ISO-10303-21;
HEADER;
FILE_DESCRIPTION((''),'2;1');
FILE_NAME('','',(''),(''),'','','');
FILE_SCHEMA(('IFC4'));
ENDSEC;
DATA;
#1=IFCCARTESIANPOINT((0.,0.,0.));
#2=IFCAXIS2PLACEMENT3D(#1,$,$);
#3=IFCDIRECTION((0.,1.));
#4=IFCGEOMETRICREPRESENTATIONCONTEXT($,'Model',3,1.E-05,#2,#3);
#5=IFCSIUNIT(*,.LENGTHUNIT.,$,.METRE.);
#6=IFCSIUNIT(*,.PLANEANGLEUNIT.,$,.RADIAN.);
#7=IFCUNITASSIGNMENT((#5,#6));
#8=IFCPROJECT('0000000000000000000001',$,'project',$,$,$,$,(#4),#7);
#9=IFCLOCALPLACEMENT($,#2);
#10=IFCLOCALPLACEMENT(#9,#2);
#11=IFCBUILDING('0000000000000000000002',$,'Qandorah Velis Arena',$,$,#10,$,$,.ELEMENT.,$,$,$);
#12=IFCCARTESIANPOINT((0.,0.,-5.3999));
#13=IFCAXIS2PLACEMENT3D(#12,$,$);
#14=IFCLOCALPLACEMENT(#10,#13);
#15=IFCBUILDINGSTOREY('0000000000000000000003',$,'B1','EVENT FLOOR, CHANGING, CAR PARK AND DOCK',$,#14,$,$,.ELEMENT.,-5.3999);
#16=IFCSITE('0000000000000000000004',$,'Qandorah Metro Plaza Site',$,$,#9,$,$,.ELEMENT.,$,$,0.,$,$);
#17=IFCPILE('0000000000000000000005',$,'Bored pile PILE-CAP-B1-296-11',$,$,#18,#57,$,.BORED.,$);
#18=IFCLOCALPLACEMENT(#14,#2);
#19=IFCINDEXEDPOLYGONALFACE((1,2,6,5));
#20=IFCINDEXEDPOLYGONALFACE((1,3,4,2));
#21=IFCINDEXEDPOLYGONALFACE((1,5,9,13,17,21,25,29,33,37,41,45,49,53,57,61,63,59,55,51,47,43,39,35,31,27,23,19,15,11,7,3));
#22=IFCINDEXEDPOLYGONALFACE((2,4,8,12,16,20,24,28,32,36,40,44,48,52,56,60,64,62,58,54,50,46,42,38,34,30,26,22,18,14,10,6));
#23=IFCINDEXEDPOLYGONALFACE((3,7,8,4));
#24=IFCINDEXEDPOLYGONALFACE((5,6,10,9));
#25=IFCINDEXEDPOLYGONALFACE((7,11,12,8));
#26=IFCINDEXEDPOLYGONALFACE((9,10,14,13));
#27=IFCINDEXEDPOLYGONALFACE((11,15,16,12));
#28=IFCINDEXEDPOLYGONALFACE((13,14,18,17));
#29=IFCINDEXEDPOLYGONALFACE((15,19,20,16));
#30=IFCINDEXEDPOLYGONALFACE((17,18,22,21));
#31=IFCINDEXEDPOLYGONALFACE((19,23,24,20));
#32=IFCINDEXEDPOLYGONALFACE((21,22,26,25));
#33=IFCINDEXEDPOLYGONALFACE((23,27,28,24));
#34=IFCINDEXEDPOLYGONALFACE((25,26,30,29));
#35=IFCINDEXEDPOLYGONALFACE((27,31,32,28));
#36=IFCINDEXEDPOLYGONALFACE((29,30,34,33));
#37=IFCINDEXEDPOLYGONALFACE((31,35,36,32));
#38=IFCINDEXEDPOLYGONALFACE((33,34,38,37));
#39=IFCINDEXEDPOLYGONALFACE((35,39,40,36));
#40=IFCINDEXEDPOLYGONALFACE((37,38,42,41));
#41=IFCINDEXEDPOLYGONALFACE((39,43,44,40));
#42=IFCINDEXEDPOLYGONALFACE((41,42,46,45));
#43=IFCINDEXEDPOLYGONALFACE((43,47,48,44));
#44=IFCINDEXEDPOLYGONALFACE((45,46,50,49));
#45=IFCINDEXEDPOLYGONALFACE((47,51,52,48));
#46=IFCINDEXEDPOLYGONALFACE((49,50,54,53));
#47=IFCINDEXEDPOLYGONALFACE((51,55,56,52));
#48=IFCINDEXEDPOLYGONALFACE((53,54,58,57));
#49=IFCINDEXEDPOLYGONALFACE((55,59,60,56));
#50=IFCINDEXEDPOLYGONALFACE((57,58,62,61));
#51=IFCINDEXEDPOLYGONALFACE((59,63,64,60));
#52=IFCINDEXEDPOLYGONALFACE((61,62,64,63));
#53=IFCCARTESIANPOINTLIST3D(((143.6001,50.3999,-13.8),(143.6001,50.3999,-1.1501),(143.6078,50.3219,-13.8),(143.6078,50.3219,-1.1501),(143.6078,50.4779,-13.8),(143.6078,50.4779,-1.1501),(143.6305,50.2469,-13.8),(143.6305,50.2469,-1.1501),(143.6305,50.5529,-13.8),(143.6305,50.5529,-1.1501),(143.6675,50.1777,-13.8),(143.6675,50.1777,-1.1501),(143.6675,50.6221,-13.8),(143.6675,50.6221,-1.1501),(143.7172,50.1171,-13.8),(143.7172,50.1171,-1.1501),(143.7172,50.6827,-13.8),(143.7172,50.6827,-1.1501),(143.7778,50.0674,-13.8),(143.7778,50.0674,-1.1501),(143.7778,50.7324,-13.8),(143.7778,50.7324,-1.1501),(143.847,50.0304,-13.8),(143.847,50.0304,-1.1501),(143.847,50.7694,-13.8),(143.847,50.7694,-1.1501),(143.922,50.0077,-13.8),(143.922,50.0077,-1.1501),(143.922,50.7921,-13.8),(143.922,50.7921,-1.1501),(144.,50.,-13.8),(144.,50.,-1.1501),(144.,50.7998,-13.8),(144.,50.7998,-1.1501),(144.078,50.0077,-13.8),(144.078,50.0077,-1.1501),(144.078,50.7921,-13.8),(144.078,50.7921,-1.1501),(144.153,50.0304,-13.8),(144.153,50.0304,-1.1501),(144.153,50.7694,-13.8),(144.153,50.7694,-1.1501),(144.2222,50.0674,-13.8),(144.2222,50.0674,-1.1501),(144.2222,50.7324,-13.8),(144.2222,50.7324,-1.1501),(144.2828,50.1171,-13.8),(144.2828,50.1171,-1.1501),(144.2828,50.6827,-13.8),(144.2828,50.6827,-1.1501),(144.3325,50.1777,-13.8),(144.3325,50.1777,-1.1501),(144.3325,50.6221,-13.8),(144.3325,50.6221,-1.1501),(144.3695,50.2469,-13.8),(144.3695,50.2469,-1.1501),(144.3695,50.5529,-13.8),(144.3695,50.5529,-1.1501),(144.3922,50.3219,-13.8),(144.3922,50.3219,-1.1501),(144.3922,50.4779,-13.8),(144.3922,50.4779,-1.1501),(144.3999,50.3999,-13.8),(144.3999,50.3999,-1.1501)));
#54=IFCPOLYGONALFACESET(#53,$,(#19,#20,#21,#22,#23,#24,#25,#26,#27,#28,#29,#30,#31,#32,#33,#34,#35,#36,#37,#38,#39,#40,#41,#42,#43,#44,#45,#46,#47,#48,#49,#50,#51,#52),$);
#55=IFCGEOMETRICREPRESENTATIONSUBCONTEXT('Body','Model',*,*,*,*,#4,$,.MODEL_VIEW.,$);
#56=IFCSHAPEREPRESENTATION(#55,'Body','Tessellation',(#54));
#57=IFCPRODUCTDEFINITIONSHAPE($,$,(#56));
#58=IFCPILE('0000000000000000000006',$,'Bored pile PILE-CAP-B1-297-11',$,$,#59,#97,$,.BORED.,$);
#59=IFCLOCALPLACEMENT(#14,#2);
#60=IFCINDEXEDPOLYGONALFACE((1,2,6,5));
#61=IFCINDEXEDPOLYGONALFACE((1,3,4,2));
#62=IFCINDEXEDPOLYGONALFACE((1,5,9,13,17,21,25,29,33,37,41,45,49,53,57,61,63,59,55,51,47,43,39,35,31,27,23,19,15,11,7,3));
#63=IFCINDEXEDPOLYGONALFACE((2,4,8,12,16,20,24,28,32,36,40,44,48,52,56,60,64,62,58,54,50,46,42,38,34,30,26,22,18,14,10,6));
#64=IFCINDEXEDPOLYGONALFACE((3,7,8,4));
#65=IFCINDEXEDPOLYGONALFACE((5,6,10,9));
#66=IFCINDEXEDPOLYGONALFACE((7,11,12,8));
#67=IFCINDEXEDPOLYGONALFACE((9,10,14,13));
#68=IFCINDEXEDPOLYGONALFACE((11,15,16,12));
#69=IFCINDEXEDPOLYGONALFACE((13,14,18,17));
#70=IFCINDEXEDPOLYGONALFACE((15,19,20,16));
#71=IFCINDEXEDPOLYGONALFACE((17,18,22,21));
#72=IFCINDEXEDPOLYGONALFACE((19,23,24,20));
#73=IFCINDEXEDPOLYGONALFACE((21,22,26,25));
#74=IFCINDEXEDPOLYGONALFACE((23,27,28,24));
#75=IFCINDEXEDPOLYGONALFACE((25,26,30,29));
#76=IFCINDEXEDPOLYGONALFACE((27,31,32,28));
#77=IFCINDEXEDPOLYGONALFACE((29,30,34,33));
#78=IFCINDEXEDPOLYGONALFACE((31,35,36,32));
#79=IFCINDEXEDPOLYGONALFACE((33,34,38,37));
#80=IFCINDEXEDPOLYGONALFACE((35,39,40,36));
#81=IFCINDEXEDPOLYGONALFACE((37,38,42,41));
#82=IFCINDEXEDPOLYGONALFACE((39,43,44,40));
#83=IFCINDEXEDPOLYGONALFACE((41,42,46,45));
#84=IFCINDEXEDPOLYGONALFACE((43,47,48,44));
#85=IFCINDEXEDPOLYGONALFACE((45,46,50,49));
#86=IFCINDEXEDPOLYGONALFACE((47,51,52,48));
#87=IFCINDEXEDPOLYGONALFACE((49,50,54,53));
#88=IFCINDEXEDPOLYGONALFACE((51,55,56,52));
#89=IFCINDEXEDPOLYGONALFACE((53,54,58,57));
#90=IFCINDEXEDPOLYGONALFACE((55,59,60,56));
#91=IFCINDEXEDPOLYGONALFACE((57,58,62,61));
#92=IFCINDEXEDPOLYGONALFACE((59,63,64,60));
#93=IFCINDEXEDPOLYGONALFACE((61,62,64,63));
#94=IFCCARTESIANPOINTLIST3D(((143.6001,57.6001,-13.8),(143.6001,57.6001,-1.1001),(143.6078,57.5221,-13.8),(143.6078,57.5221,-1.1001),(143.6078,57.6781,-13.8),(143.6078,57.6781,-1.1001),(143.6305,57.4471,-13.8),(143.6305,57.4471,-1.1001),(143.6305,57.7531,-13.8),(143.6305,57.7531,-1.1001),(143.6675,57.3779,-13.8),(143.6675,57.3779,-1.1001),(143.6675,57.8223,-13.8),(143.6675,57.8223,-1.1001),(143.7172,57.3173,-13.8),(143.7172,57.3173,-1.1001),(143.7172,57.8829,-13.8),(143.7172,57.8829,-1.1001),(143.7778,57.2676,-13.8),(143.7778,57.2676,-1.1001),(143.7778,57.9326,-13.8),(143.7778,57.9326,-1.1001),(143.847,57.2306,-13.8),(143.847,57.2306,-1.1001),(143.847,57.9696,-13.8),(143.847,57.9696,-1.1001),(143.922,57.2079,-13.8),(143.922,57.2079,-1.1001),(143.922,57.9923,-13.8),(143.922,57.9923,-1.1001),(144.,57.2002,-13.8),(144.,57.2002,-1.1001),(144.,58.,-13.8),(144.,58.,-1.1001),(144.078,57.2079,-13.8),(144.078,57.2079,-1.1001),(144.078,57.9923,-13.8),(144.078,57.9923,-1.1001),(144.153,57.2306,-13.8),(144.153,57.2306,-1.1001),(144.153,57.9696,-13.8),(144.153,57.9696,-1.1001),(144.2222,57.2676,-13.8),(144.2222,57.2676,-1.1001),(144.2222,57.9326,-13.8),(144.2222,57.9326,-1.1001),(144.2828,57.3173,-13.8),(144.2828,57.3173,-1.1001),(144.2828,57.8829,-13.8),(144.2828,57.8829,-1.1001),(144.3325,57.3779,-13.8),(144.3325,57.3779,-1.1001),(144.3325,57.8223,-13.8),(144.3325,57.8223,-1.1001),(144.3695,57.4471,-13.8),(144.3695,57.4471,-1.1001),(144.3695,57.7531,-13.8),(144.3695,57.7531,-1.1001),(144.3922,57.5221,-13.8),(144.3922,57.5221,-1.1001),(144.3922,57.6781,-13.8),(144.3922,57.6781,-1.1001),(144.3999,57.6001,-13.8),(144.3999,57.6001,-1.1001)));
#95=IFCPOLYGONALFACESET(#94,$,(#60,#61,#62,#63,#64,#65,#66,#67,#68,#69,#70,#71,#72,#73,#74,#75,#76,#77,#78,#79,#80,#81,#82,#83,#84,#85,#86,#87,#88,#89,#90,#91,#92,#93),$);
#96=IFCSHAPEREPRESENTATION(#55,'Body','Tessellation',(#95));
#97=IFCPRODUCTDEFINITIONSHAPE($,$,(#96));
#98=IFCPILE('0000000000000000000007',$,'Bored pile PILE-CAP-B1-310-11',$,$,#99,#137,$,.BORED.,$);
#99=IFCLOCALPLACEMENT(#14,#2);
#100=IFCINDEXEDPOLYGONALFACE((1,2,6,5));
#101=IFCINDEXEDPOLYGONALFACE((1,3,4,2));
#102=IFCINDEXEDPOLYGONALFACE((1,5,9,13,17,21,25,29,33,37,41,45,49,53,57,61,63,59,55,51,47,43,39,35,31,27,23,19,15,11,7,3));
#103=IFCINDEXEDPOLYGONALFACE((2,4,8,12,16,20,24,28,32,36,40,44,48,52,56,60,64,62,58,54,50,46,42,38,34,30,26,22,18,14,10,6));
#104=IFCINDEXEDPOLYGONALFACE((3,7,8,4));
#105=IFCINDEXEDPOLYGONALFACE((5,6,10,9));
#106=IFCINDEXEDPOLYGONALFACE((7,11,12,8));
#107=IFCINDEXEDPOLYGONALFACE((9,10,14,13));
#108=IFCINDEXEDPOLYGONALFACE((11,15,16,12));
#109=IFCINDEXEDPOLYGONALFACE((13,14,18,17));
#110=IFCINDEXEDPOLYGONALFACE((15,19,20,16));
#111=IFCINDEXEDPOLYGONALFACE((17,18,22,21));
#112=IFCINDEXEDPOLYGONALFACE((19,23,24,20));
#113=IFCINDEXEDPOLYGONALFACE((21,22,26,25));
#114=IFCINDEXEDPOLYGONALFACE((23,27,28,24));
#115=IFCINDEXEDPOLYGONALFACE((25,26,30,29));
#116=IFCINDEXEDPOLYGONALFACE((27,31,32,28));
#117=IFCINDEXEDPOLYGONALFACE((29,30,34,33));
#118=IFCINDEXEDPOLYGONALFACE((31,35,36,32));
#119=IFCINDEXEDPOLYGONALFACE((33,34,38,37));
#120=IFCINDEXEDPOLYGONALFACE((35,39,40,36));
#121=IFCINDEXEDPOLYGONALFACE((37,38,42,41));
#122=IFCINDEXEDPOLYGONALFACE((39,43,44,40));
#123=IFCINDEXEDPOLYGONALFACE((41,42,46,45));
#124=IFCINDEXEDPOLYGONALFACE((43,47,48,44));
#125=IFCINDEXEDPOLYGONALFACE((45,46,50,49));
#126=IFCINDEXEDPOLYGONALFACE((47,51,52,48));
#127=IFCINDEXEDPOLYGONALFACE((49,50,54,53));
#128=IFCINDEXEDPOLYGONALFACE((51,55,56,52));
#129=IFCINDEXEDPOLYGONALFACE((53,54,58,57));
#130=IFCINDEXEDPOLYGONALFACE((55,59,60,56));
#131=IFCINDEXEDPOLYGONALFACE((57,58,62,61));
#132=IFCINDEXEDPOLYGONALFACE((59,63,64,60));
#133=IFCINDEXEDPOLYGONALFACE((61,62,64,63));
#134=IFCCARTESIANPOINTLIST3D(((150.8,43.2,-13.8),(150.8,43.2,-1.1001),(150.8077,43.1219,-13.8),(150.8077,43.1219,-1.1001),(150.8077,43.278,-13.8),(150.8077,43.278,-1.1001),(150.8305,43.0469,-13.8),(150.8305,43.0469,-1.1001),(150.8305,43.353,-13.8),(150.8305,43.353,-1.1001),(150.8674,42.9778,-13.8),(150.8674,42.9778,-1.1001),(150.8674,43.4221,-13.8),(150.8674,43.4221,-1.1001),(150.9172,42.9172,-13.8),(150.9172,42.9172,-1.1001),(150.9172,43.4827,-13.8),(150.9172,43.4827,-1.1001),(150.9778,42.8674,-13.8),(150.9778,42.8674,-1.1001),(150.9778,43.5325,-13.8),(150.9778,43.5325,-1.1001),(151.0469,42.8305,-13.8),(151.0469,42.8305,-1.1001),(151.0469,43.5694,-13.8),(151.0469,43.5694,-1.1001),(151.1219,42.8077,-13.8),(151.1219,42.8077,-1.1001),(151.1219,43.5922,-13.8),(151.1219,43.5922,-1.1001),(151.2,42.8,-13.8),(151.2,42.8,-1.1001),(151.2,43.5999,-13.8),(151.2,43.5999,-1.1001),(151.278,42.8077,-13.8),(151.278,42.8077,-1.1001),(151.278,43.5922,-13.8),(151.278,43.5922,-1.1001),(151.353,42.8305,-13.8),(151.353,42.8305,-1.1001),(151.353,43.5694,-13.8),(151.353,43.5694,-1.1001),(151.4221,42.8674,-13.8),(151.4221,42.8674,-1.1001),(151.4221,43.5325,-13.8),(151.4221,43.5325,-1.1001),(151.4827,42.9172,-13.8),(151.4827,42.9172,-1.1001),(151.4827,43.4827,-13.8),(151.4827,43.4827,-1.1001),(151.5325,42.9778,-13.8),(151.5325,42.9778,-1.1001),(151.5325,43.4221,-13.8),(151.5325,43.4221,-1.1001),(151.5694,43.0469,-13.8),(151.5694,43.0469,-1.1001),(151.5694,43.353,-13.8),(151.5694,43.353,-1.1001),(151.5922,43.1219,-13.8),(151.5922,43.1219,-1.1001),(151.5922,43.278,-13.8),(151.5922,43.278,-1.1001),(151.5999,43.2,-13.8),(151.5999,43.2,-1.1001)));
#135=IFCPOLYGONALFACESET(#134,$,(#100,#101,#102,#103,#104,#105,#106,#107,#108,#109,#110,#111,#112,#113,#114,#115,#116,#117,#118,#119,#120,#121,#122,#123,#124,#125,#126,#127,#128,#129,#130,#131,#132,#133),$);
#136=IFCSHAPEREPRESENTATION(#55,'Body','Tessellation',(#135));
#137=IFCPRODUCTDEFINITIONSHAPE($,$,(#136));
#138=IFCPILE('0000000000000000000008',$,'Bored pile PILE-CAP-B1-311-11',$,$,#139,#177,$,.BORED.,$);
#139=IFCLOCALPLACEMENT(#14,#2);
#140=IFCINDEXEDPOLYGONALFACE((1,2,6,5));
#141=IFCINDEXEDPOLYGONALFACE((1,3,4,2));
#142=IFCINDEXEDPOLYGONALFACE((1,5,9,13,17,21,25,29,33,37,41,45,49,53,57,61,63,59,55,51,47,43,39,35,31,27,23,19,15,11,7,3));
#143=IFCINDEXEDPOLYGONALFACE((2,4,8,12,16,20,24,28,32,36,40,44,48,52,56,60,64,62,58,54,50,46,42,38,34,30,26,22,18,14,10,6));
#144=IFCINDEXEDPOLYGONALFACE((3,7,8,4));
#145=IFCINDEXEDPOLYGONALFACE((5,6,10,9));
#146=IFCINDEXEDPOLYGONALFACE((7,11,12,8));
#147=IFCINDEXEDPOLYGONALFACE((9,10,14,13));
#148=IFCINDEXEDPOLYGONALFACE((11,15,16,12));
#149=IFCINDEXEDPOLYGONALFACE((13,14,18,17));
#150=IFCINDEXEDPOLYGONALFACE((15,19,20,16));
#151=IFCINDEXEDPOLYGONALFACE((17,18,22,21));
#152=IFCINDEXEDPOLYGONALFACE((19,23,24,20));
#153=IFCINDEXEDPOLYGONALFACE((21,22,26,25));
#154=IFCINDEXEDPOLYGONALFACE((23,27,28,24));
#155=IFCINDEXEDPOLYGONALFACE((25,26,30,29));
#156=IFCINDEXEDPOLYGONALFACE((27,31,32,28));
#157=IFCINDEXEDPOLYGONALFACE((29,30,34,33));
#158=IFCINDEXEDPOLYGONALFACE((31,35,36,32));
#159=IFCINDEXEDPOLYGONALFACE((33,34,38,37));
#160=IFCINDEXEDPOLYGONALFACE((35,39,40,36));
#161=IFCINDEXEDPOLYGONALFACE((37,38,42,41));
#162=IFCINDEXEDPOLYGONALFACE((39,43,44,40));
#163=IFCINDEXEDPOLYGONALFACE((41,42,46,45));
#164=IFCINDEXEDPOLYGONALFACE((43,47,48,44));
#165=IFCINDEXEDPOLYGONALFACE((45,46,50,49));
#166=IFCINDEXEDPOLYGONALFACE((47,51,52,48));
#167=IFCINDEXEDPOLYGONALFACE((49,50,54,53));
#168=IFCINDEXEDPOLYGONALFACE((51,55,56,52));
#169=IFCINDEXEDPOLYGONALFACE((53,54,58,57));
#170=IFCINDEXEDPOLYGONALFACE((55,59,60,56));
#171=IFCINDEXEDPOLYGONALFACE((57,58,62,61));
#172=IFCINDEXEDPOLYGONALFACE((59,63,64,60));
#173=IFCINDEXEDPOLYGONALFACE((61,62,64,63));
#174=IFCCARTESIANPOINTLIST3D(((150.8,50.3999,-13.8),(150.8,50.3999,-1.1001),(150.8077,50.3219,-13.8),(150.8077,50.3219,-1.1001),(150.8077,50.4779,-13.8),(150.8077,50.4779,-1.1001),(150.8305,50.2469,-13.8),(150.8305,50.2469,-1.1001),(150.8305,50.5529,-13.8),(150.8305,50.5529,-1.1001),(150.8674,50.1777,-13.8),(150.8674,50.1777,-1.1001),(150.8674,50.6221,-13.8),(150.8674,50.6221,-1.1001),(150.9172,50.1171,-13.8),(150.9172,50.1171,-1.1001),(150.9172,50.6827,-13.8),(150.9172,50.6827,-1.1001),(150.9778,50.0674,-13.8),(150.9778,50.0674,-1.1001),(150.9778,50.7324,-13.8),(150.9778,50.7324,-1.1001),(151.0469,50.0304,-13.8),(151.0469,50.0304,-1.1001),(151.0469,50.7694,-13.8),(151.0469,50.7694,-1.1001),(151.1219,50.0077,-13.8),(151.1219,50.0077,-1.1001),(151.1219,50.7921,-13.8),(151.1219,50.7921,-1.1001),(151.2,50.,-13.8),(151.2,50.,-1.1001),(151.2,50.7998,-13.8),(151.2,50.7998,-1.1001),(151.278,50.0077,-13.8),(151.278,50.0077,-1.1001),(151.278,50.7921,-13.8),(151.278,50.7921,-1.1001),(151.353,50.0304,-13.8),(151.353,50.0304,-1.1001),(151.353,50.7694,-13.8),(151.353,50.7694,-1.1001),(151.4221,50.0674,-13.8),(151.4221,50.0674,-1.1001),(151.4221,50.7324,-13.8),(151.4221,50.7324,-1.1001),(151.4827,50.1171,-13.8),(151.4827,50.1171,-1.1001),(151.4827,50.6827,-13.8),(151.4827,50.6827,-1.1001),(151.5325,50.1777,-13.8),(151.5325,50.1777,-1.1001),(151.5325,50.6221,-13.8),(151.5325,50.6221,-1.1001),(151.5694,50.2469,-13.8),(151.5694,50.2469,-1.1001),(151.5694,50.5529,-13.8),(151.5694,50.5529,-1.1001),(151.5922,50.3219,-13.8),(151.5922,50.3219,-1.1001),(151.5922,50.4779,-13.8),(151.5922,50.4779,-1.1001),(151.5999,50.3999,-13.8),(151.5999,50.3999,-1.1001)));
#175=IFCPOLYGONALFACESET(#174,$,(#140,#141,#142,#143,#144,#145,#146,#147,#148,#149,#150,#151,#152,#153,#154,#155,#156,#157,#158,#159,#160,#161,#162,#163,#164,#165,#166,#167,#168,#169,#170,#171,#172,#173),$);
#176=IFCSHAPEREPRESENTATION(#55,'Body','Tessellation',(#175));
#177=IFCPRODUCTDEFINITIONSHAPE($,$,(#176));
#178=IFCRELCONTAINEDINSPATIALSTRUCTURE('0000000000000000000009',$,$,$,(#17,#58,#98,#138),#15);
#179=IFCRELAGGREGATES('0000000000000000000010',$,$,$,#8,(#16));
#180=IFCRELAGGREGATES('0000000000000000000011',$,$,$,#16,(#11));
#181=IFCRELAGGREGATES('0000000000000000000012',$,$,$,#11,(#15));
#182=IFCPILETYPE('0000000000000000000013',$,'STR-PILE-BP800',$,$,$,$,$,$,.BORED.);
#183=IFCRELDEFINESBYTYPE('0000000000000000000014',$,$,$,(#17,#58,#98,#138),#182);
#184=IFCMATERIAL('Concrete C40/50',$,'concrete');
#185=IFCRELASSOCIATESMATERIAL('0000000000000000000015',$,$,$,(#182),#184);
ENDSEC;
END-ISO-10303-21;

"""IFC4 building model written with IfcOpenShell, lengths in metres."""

from ifc_helpers import new_model, si_unit, direction, frame, origin, origin_2d, place, context, subcontext, project, spatial, circle, extrude, material, material_profile, profile_set, type_object, element, save


model = new_model("IFC4")

# Units and contexts
model_context = context("Model", 3, precision=1e-05, world=origin(), true_north=direction((0.0, 1.0)))
body_context = subcontext(model_context, "Body", "Model", "MODEL_VIEW")
ifc_project = project(units=[si_unit("LENGTHUNIT", "METRE"), si_unit("PLANEANGLEUNIT", "RADIAN")], contexts=[model_context])

# Site, building, storey
site_placement = place(None, origin())
site = spatial("IfcSite", under=ifc_project, at=site_placement, Name="Qandorah Metro Plaza Site", CompositionType="ELEMENT", RefElevation=0.0)
building_placement = place(site_placement, origin())
building = spatial("IfcBuilding", under=site, at=building_placement, Name="Qandorah Velis Arena", CompositionType="ELEMENT")
storey_placement = place(building_placement, frame((0.0, 0.0, -5.3999)))
storey = spatial("IfcBuildingStorey", under=building, at=storey_placement, Name="B1", Description="EVENT FLOOR, CHANGING, CAR PARK AND DOCK", CompositionType="ELEMENT", Elevation=-5.3999)

# Shared definitions
ifc_material_1 = material(Name="Concrete C40/50", Category="concrete")

# Piles
ifc_material_profile_1 = material_profile(ifc_material_1, circle(Radius=0.3999, at=origin_2d()), Name="BORED PILE D800")
ifc_profile_set_1 = profile_set([ifc_material_profile_1], Name="Concrete C40/50")
pile_type_1 = type_object("IfcPileType", Name="STR-PILE-BP800", PredefinedType="BORED", material=ifc_profile_set_1)
pile_1_placement = place(storey_placement, frame((144.0, 50.3999, -1.1501), z_axis=(0.0, 0.0, -1.0), x_axis=(1.0, 0.0, 0.0)))
element("IfcPile", 1, at=pile_1_placement, inside=storey, type_object=pile_type_1, Name="Bored pile PILE-CAP-B1-296-11", PredefinedType="BORED", context=body_context, shape_type="SweptSolid", body=[
    extrude(circle(Radius=0.3999, at=origin_2d()), origin(), (0.0, 0.0, 1.0), 12.6499),
])
for number, where, z_axis, x_axis, name in (
    (2, (144.0, 57.6001, -1.1001), (0.0, 0.0, -1.0), (1.0, 0.0, 0.0), "Bored pile PILE-CAP-B1-297-11"),
    (3, (151.2, 43.2, -1.1001), (0.0, 0.0, -1.0), (1.0, 0.0, 0.0), "Bored pile PILE-CAP-B1-310-11"),
    (4, (151.2, 50.3999, -1.1001), (0.0, 0.0, -1.0), (1.0, 0.0, 0.0), "Bored pile PILE-CAP-B1-311-11"),
):
    element("IfcPile", number, at=place(storey_placement, frame(where, z_axis=z_axis, x_axis=x_axis)), inside=storey, type_object=pile_type_1, Name=name, PredefinedType="BORED", context=body_context, shape_type="SweptSolid", body=[
        extrude(circle(Radius=0.3999, at=origin_2d()), origin(), (0.0, 0.0, 1.0), 12.7),
    ])

save(model, "model.ifc")
